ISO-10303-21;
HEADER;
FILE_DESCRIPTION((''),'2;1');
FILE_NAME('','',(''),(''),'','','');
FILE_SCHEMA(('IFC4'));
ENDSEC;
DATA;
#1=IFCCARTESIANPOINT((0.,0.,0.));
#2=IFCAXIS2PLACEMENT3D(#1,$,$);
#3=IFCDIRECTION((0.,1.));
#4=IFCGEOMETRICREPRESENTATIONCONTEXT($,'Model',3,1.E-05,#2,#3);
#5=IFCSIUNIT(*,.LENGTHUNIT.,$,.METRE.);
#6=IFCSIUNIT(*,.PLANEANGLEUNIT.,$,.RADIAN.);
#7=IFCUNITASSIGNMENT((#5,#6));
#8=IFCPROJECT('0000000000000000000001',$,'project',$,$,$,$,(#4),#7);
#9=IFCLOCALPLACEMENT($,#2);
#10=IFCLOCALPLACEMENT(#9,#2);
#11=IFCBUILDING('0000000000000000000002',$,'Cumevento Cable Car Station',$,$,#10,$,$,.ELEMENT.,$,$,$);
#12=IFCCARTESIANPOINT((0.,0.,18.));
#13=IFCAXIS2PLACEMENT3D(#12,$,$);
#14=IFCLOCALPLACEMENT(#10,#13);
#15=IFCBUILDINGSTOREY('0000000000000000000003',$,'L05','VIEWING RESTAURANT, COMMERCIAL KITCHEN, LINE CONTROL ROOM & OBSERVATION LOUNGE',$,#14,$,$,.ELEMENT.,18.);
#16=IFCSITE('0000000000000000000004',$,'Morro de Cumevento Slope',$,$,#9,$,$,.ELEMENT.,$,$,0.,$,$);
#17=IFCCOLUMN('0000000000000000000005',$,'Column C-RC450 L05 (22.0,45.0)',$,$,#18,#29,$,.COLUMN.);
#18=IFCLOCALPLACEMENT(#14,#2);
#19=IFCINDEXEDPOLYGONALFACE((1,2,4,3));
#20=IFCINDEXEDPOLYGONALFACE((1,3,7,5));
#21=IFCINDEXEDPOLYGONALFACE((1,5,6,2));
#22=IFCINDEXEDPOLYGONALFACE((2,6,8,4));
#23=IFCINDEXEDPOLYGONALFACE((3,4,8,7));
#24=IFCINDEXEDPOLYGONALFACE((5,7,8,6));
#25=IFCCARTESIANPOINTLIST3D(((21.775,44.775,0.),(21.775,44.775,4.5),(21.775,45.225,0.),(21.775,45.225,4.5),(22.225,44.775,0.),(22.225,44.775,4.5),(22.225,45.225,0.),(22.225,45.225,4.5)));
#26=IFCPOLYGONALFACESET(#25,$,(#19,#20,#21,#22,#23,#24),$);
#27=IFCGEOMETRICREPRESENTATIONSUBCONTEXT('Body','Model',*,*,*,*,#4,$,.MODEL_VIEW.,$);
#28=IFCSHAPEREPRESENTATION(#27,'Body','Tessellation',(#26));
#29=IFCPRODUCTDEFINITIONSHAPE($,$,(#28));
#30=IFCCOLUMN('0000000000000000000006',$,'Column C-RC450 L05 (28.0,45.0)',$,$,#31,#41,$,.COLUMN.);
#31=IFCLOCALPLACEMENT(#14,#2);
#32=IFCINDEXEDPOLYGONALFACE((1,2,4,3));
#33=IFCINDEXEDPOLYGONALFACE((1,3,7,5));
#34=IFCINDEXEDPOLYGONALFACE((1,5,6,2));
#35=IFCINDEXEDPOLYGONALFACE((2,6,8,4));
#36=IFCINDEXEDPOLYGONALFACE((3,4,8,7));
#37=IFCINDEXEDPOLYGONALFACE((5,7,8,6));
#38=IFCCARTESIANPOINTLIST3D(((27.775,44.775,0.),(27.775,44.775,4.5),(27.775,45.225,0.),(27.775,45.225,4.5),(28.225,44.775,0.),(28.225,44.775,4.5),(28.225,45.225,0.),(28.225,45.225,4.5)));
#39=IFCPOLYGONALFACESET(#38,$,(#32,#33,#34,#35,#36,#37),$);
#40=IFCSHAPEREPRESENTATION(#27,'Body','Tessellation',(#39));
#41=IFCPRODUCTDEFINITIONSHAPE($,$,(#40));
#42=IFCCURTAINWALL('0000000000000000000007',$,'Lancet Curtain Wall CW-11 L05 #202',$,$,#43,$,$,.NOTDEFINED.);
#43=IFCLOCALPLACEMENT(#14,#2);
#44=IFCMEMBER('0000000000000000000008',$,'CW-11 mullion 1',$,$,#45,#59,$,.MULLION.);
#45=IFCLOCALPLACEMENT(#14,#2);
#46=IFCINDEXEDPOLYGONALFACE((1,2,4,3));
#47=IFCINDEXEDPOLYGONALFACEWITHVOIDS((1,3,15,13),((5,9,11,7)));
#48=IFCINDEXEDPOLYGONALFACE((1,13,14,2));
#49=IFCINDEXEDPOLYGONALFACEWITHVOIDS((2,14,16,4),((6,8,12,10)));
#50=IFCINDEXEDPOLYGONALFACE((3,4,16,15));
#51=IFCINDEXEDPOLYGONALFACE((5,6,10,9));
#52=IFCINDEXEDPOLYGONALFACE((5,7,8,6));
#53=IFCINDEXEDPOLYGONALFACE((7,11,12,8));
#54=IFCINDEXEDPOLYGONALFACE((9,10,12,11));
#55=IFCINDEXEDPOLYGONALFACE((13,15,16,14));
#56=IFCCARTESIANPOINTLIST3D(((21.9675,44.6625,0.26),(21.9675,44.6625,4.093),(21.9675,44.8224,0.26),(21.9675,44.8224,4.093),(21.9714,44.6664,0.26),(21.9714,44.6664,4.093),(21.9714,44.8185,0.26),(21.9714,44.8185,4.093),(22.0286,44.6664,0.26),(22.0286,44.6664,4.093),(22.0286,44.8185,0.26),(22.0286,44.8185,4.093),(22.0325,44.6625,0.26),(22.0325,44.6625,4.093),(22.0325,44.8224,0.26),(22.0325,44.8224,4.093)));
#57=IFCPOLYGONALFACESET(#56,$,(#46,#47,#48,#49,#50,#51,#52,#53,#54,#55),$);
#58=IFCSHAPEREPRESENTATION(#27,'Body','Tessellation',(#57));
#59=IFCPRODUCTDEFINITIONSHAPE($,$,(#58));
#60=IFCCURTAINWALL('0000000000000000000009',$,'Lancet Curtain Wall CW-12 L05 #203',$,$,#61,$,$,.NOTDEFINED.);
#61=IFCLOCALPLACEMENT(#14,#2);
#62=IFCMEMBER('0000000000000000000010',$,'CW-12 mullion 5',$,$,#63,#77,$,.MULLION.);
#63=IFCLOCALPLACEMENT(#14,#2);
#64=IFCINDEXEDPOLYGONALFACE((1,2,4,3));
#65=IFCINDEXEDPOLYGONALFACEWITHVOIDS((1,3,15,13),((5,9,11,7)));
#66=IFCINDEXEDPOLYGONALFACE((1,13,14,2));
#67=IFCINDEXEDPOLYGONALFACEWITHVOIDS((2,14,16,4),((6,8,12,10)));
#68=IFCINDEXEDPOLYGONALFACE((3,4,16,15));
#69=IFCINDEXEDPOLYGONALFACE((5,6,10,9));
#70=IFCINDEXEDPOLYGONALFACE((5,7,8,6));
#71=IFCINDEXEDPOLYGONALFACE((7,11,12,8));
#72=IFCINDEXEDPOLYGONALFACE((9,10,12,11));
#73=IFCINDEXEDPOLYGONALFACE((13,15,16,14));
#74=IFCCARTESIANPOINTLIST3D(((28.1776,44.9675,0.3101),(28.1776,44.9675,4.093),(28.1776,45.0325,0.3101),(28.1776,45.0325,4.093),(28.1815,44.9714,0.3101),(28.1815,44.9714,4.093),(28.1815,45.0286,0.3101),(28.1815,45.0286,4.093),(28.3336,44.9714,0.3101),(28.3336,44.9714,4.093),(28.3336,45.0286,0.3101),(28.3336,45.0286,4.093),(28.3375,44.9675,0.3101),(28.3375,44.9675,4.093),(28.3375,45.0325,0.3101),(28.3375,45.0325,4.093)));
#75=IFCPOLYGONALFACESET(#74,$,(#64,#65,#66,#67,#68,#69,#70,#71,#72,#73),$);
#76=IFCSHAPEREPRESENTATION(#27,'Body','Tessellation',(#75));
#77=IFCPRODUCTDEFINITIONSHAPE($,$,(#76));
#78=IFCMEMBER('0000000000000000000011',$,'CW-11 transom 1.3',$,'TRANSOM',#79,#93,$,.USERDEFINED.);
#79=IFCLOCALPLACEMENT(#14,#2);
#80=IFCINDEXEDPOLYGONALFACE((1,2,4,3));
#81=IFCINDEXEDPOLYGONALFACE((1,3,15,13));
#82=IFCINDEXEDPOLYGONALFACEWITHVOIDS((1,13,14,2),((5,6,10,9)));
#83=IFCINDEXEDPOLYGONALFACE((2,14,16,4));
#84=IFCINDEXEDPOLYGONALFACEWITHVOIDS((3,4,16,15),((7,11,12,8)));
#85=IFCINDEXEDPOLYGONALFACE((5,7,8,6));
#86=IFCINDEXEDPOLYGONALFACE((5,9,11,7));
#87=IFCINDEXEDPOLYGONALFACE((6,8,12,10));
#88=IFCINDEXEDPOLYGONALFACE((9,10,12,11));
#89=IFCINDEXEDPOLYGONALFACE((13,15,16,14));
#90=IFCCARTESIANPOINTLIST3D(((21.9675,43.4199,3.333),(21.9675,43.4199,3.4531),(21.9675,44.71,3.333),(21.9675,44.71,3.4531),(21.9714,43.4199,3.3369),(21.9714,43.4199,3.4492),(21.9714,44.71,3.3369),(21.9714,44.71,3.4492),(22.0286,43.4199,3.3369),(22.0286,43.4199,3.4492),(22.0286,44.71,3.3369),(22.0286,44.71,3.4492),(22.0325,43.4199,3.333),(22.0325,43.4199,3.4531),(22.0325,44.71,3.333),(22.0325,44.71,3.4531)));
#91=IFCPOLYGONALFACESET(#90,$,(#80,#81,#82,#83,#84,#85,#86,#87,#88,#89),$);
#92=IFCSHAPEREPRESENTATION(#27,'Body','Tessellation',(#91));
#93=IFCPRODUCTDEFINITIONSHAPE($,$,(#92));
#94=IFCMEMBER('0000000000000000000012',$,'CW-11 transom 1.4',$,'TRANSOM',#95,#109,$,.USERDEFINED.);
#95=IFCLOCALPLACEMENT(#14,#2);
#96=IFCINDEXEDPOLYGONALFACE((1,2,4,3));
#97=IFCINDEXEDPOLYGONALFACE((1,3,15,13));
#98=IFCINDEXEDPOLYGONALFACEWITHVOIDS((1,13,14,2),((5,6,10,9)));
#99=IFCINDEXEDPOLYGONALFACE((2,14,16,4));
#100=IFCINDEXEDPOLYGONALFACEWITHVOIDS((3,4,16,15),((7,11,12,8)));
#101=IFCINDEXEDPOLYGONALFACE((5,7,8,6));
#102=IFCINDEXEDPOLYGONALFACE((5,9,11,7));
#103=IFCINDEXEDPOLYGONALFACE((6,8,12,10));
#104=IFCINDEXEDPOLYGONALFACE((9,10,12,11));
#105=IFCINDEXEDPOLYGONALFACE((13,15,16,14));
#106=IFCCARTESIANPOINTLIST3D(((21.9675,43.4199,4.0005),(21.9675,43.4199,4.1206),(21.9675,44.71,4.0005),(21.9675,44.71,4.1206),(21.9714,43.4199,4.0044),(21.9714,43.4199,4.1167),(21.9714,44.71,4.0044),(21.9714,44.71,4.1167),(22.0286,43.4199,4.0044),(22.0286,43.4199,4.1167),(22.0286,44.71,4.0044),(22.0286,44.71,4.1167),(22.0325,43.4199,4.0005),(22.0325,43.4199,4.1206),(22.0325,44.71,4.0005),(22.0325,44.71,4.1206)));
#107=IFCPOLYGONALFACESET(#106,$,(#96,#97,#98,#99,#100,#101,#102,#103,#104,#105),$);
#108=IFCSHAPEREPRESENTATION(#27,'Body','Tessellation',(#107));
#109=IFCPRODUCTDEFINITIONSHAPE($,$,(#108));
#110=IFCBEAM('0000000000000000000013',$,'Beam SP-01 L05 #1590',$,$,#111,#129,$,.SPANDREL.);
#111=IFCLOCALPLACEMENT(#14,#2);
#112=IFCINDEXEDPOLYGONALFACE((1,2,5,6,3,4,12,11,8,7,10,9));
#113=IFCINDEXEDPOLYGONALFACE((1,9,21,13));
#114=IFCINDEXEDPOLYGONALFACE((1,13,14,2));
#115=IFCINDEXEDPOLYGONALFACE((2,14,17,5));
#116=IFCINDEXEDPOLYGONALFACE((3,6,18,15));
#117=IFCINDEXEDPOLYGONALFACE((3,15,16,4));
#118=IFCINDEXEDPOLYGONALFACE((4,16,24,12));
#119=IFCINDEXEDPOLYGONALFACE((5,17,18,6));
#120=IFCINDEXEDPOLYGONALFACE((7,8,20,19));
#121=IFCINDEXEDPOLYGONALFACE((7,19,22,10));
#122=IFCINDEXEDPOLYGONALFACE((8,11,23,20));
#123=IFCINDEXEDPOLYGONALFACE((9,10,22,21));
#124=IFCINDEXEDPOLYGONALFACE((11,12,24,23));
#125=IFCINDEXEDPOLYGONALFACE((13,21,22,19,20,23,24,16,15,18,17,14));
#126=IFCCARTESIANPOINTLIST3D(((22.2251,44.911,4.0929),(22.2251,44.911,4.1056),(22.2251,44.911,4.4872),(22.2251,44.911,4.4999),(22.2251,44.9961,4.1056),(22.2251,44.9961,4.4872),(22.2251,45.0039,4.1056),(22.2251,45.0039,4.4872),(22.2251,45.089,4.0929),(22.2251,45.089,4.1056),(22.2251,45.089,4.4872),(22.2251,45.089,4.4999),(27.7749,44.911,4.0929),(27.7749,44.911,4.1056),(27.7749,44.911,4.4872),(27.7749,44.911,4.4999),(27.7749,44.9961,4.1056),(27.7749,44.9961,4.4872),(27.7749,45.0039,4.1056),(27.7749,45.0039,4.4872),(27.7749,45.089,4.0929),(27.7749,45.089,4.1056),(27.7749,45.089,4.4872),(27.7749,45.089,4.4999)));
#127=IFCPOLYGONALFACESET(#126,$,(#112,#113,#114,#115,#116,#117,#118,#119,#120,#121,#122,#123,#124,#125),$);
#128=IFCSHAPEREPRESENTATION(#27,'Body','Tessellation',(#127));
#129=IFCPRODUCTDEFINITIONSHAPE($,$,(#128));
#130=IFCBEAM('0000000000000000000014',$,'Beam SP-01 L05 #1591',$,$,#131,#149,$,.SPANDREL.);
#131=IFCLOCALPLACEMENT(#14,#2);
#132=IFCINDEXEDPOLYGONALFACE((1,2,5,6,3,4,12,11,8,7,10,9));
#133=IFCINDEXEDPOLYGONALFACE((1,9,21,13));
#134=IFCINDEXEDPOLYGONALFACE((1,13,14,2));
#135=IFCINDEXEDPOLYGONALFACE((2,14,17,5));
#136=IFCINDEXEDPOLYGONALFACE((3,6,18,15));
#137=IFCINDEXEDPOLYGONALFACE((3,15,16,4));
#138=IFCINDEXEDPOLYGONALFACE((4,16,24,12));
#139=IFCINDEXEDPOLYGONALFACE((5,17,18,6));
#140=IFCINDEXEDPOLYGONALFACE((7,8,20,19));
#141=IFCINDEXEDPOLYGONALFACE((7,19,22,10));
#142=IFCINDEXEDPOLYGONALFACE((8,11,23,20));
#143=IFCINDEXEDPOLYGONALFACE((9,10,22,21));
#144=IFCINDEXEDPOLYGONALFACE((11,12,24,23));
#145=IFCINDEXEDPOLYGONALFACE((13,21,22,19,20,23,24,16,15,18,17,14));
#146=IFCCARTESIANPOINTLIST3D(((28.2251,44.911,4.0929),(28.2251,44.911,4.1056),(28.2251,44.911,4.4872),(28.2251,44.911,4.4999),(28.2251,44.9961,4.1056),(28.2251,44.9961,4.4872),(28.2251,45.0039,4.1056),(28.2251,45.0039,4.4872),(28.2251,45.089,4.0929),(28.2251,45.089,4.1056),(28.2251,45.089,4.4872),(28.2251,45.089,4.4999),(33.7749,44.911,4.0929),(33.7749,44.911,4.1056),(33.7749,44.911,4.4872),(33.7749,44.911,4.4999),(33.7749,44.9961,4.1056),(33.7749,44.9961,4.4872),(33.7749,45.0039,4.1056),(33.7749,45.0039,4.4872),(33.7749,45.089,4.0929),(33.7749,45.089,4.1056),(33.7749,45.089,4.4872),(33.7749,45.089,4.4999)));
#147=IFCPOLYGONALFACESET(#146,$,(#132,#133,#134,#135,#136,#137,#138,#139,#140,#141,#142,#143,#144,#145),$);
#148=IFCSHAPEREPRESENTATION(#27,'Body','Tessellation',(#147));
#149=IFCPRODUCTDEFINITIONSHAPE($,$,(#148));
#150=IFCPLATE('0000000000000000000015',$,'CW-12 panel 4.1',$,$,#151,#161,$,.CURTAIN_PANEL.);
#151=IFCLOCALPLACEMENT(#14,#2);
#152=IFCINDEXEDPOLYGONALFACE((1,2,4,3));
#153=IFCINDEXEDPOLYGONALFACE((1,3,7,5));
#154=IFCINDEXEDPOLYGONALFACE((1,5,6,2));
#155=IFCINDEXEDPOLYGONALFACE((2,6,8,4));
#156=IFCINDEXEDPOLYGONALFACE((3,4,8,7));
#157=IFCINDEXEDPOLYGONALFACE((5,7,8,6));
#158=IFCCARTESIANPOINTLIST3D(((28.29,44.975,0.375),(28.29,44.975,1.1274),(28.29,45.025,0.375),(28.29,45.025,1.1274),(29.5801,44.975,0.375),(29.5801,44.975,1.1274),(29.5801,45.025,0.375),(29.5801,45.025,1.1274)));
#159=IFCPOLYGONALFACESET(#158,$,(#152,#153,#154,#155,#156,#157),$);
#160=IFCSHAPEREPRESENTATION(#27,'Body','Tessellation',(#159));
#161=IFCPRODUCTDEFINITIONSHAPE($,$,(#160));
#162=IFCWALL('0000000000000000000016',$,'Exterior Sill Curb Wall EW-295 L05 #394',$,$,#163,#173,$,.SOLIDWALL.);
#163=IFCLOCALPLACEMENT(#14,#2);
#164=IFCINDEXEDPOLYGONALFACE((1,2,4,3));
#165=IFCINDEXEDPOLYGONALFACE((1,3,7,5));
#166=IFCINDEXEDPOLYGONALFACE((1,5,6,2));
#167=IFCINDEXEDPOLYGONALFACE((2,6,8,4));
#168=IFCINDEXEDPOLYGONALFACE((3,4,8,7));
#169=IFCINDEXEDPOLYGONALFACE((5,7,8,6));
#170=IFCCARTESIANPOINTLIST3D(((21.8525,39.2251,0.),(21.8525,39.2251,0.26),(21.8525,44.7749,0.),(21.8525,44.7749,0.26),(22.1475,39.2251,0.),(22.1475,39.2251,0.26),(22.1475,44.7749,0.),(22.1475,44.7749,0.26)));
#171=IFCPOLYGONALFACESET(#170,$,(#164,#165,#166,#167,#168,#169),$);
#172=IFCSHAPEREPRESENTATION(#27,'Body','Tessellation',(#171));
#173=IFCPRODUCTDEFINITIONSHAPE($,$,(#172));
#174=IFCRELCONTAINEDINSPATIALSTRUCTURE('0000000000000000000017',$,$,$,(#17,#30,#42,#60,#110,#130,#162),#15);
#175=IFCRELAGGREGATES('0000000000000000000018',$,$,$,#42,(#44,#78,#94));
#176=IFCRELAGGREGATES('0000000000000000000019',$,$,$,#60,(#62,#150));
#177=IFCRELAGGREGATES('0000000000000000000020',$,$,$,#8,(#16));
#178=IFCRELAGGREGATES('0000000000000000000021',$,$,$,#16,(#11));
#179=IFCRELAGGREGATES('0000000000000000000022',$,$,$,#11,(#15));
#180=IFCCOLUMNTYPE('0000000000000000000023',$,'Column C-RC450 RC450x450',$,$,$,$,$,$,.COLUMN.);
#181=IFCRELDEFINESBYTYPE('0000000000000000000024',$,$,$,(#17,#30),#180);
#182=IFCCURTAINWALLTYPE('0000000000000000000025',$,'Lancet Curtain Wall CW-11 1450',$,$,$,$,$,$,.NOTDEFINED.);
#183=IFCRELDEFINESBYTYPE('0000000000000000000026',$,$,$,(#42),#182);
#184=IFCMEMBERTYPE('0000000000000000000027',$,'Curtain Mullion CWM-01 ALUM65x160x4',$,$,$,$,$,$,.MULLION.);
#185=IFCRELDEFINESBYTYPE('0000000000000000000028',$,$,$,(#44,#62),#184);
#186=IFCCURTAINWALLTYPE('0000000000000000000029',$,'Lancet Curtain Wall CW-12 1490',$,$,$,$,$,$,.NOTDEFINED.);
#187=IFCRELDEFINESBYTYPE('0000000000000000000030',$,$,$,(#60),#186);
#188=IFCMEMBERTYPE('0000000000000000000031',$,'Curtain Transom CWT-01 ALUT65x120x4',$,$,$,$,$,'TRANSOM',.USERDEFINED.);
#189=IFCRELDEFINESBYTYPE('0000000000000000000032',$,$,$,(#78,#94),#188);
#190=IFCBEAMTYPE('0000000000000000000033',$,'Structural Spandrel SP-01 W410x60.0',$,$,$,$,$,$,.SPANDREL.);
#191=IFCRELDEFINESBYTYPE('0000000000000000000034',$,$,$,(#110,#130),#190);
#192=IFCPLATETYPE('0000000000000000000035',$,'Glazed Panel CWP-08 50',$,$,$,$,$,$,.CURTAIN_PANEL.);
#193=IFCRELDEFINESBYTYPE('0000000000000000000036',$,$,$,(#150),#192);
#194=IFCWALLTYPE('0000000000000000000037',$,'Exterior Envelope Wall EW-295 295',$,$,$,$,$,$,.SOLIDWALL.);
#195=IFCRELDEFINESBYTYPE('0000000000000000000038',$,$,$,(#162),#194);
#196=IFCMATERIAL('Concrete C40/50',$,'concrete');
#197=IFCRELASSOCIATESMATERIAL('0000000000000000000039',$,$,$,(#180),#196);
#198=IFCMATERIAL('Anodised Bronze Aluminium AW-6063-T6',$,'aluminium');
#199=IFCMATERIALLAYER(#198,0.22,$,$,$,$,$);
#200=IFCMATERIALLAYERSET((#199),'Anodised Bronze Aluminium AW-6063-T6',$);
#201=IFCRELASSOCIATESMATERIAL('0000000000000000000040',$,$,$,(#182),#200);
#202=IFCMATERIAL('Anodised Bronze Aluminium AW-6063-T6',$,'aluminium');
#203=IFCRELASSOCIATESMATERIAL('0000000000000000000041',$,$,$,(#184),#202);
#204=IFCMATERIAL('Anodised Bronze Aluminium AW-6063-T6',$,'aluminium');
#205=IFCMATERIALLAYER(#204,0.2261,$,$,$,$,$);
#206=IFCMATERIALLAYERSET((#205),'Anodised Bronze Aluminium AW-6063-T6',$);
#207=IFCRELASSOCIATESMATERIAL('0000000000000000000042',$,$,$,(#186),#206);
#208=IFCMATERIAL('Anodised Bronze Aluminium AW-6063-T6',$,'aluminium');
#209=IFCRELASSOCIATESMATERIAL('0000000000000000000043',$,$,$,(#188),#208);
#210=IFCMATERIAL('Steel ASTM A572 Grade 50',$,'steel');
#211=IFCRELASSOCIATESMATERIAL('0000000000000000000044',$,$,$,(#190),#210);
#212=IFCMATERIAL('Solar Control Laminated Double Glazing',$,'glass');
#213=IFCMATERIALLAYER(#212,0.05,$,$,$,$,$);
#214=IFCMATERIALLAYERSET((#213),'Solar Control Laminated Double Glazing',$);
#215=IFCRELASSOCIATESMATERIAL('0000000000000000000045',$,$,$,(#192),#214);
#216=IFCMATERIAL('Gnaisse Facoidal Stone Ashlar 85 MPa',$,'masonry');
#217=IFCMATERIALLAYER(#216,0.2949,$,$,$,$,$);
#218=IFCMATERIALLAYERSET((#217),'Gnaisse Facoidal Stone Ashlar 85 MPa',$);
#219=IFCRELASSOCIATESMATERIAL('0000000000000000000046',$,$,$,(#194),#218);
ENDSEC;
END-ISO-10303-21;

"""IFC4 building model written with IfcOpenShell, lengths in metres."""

from ifc_helpers import new_model, si_unit, direction, frame, frame_2d, origin, origin_2d, place, context, subcontext, project, spatial, rectangle, hollow_rectangle, i_section, extrude, material, layer, layer_set, material_profile, profile_set, type_object, element, aggregate, save


model = new_model("IFC4")

# Units and contexts
model_context = context("Model", 3, precision=1e-05, world=origin(), true_north=direction((0.0, 1.0)))
body_context = subcontext(model_context, "Body", "Model", "MODEL_VIEW")
ifc_project = project(units=[si_unit("LENGTHUNIT", "METRE"), si_unit("PLANEANGLEUNIT", "RADIAN")], contexts=[model_context])

# Site, building, storey
site_placement = place(None, origin())
site = spatial("IfcSite", under=ifc_project, at=site_placement, Name="Morro de Cumevento Slope", CompositionType="ELEMENT", RefElevation=0.0)
building_placement = place(site_placement, origin())
building = spatial("IfcBuilding", under=site, at=building_placement, Name="Cumevento Cable Car Station", CompositionType="ELEMENT")
storey_placement = place(building_placement, frame((0.0, 0.0, 18.0)))
storey = spatial("IfcBuildingStorey", under=building, at=storey_placement, Name="L05", Description="VIEWING RESTAURANT, COMMERCIAL KITCHEN, LINE CONTROL ROOM & OBSERVATION LOUNGE", CompositionType="ELEMENT", Elevation=18.0)

# Columns
ifc_material_1 = material(Name="Concrete C40/50", Category="concrete")
ifc_material_profile_1 = material_profile(ifc_material_1, rectangle(XDim=0.45, YDim=0.45, at=origin_2d()), Name="RC450x450")
ifc_profile_set_1 = profile_set([ifc_material_profile_1], Name="Concrete C40/50")
column_type = type_object("IfcColumnType", Name="Column C-RC450 RC450x450", PredefinedType="COLUMN", material=ifc_profile_set_1)
for number, where, z_axis, x_axis, name in (
    (1, (22.0, 45.0, 0.0), (0.0, 0.0, 1.0), (1.0, 0.0, 0.0), "Column C-RC450 L05 (22.0,45.0)"),
    (2, (28.0, 45.0, 0.0), (0.0, 0.0, 1.0), (1.0, 0.0, 0.0), "Column C-RC450 L05 (28.0,45.0)"),
):
    element("IfcColumn", number, at=place(storey_placement, frame(where, z_axis=z_axis, x_axis=x_axis)), inside=storey, type_object=column_type, Name=name, PredefinedType="COLUMN", context=body_context, shape_type="SweptSolid", body=[
        extrude(rectangle(XDim=0.45, YDim=0.45, at=origin_2d()), origin(), (0.0, 0.0, 1.0), 4.5),
    ])

# Curtain walls, members
ifc_material_2 = material(Name="Anodised Bronze Aluminium AW-6063-T6", Category="aluminium")
ifc_layer_1 = layer(ifc_material_2, 0.22)
ifc_layer_set_1 = layer_set([ifc_layer_1], Name="Anodised Bronze Aluminium AW-6063-T6")
curtain_wall_type_1 = type_object("IfcCurtainWallType", Name="Lancet Curtain Wall CW-11 1450", PredefinedType="NOTDEFINED", material=ifc_layer_set_1)
curtain_wall_1_placement = place(storey_placement, origin())
curtain_wall_1 = element("IfcCurtainWall", 3, at=curtain_wall_1_placement, inside=storey, type_object=curtain_wall_type_1, Name="Lancet Curtain Wall CW-11 L05 #202", PredefinedType="NOTDEFINED")
ifc_material_3 = material(Name="Anodised Bronze Aluminium AW-6063-T6", Category="aluminium")
ifc_material_profile_2 = material_profile(ifc_material_3, hollow_rectangle(XDim=0.0649, YDim=0.1599, WallThickness=0.0039, at=origin_2d()), Name="ALUM65x160x4")
ifc_profile_set_2 = profile_set([ifc_material_profile_2], Name="Anodised Bronze Aluminium AW-6063-T6")
member_type_1 = type_object("IfcMemberType", Name="Curtain Mullion CWM-01 ALUM65x160x4", PredefinedType="MULLION", material=ifc_profile_set_2)
member_1_placement = place(storey_placement, frame((22.0, 44.7424, 0.26), z_axis=(0.0, 0.0, 1.0), x_axis=(1.0, 0.0, 0.0)))
member_1 = element("IfcMember", 4, at=member_1_placement, type_object=member_type_1, Name="CW-11 mullion 1", PredefinedType="MULLION", context=body_context, shape_type="SweptSolid", body=[
    extrude(hollow_rectangle(XDim=0.0649, YDim=0.1599, WallThickness=0.0039, at=origin_2d()), origin(), (0.0, 0.0, 1.0), 3.833),
])
ifc_material_4 = material(Name="Anodised Bronze Aluminium AW-6063-T6", Category="aluminium")
ifc_layer_2 = layer(ifc_material_4, 0.2261)
ifc_layer_set_2 = layer_set([ifc_layer_2], Name="Anodised Bronze Aluminium AW-6063-T6")
curtain_wall_type_2 = type_object("IfcCurtainWallType", Name="Lancet Curtain Wall CW-12 1490", PredefinedType="NOTDEFINED", material=ifc_layer_set_2)
curtain_wall_2_placement = place(storey_placement, origin())
curtain_wall_2 = element("IfcCurtainWall", 5, at=curtain_wall_2_placement, inside=storey, type_object=curtain_wall_type_2, Name="Lancet Curtain Wall CW-12 L05 #203", PredefinedType="NOTDEFINED")
member_2_placement = place(storey_placement, frame((28.2576, 45.0, 0.3101), z_axis=(0.0, 0.0, 1.0), x_axis=(0.0, -1.0, 0.0)))
member_2 = element("IfcMember", 6, at=member_2_placement, type_object=member_type_1, Name="CW-12 mullion 5", PredefinedType="MULLION", context=body_context, shape_type="SweptSolid", body=[
    extrude(hollow_rectangle(XDim=0.0649, YDim=0.1599, WallThickness=0.0039, at=origin_2d()), origin(), (0.0, 0.0, 1.0), 3.783),
])

# Members
ifc_material_5 = material(Name="Anodised Bronze Aluminium AW-6063-T6", Category="aluminium")
ifc_material_profile_3 = material_profile(ifc_material_5, hollow_rectangle(XDim=0.0649, YDim=0.1201, WallThickness=0.0039, at=origin_2d()), Name="ALUT65x120x4")
ifc_profile_set_3 = profile_set([ifc_material_profile_3], Name="Anodised Bronze Aluminium AW-6063-T6")
member_type_2 = type_object("IfcMemberType", Name="Curtain Transom CWT-01 ALUT65x120x4", ElementType="TRANSOM", PredefinedType="USERDEFINED", material=ifc_profile_set_3)
member_3_placement = place(storey_placement, frame((22.0, 44.71, 3.3931), z_axis=(0.0, -1.0, 0.0), x_axis=(1.0, 0.0, 0.0)))
member_3 = element("IfcMember", 7, at=member_3_placement, type_object=member_type_2, Name="CW-11 transom 1.3", ObjectType="TRANSOM", PredefinedType="USERDEFINED", context=body_context, shape_type="SweptSolid", body=[
    extrude(hollow_rectangle(XDim=0.0649, YDim=0.1201, WallThickness=0.0039, at=origin_2d()), origin(), (0.0, 0.0, 1.0), 1.29),
])
member_4_placement = place(storey_placement, frame((22.0, 44.71, 4.0605), z_axis=(0.0, -1.0, 0.0), x_axis=(1.0, 0.0, 0.0)))
member_4 = element("IfcMember", 8, at=member_4_placement, type_object=member_type_2, Name="CW-11 transom 1.4", ObjectType="TRANSOM", PredefinedType="USERDEFINED", context=body_context, shape_type="SweptSolid", body=[
    extrude(hollow_rectangle(XDim=0.0649, YDim=0.1201, WallThickness=0.0039, at=origin_2d()), origin(), (0.0, 0.0, 1.0), 1.29),
])
aggregate(curtain_wall_1, [member_1, member_3, member_4])

# Beams
ifc_material_6 = material(Name="Steel ASTM A572 Grade 50", Category="steel")
ifc_material_profile_4 = material_profile(ifc_material_6, i_section(OverallWidth=0.178, OverallDepth=0.407, WebThickness=0.0078, FlangeThickness=0.0127, at=origin_2d()), Name="W410x60.0")
ifc_profile_set_4 = profile_set([ifc_material_profile_4], Name="Steel ASTM A572 Grade 50")
beam_type = type_object("IfcBeamType", Name="Structural Spandrel SP-01 W410x60.0", PredefinedType="SPANDREL", material=ifc_profile_set_4)
for number, where, z_axis, x_axis, name in (
    (9, (22.2251, 45.0, 4.2964), (1.0, 0.0, 0.0), (0.0, 1.0, 0.0), "Beam SP-01 L05 #1590"),
    (10, (28.2251, 45.0, 4.2964), (1.0, 0.0, 0.0), (0.0, 1.0, 0.0), "Beam SP-01 L05 #1591"),
):
    element("IfcBeam", number, at=place(storey_placement, frame(where, z_axis=z_axis, x_axis=x_axis)), inside=storey, type_object=beam_type, Name=name, PredefinedType="SPANDREL", context=body_context, shape_type="SweptSolid", body=[
        extrude(i_section(OverallWidth=0.178, OverallDepth=0.407, WebThickness=0.0078, FlangeThickness=0.0127, at=origin_2d()), origin(), (0.0, 0.0, 1.0), 5.5498),
    ])

# Plate
ifc_material_7 = material(Name="Solar Control Laminated Double Glazing", Category="glass")
ifc_layer_3 = layer(ifc_material_7, 0.05)
ifc_layer_set_3 = layer_set([ifc_layer_3], Name="Solar Control Laminated Double Glazing")
plate_type = type_object("IfcPlateType", Name="Glazed Panel CWP-08 50", PredefinedType="CURTAIN_PANEL", material=ifc_layer_set_3)
plate_placement = place(storey_placement, frame((28.9351, 45.0, 0.375), z_axis=(0.0, 0.0, 1.0), x_axis=(-1.0, 0.0, 0.0)))
plate = element("IfcPlate", 11, at=plate_placement, type_object=plate_type, Name="CW-12 panel 4.1", PredefinedType="CURTAIN_PANEL", context=body_context, shape_type="SweptSolid", body=[
    extrude(rectangle(XDim=1.29, YDim=0.05, at=origin_2d()), origin(), (0.0, 0.0, 1.0), 0.7524),
])
aggregate(curtain_wall_2, [member_2, plate])

# Wall
ifc_material_8 = material(Name="Gnaisse Facoidal Stone Ashlar 85 MPa", Category="masonry")
ifc_layer_4 = layer(ifc_material_8, 0.2949)
ifc_layer_set_4 = layer_set([ifc_layer_4], Name="Gnaisse Facoidal Stone Ashlar 85 MPa")
wall_type_1 = type_object("IfcWallType", Name="Exterior Envelope Wall EW-295 295", PredefinedType="SOLIDWALL", material=ifc_layer_set_4)
wall_1_placement = place(storey_placement, frame((22.0, 44.7749, 0.0), z_axis=(0.0, 0.0, 1.0), x_axis=(0.0, -1.0, 0.0)))
element("IfcWall", 12, at=wall_1_placement, inside=storey, type_object=wall_type_1, Name="Exterior Sill Curb Wall EW-295 L05 #394", PredefinedType="SOLIDWALL", context=body_context, shape_type="SweptSolid", body=[
    extrude(rectangle(XDim=5.5498, YDim=0.2949, at=frame_2d((2.7749, 0.0))), origin(), (0.0, 0.0, 1.0), 0.26),
])

save(model, "model.ifc")
